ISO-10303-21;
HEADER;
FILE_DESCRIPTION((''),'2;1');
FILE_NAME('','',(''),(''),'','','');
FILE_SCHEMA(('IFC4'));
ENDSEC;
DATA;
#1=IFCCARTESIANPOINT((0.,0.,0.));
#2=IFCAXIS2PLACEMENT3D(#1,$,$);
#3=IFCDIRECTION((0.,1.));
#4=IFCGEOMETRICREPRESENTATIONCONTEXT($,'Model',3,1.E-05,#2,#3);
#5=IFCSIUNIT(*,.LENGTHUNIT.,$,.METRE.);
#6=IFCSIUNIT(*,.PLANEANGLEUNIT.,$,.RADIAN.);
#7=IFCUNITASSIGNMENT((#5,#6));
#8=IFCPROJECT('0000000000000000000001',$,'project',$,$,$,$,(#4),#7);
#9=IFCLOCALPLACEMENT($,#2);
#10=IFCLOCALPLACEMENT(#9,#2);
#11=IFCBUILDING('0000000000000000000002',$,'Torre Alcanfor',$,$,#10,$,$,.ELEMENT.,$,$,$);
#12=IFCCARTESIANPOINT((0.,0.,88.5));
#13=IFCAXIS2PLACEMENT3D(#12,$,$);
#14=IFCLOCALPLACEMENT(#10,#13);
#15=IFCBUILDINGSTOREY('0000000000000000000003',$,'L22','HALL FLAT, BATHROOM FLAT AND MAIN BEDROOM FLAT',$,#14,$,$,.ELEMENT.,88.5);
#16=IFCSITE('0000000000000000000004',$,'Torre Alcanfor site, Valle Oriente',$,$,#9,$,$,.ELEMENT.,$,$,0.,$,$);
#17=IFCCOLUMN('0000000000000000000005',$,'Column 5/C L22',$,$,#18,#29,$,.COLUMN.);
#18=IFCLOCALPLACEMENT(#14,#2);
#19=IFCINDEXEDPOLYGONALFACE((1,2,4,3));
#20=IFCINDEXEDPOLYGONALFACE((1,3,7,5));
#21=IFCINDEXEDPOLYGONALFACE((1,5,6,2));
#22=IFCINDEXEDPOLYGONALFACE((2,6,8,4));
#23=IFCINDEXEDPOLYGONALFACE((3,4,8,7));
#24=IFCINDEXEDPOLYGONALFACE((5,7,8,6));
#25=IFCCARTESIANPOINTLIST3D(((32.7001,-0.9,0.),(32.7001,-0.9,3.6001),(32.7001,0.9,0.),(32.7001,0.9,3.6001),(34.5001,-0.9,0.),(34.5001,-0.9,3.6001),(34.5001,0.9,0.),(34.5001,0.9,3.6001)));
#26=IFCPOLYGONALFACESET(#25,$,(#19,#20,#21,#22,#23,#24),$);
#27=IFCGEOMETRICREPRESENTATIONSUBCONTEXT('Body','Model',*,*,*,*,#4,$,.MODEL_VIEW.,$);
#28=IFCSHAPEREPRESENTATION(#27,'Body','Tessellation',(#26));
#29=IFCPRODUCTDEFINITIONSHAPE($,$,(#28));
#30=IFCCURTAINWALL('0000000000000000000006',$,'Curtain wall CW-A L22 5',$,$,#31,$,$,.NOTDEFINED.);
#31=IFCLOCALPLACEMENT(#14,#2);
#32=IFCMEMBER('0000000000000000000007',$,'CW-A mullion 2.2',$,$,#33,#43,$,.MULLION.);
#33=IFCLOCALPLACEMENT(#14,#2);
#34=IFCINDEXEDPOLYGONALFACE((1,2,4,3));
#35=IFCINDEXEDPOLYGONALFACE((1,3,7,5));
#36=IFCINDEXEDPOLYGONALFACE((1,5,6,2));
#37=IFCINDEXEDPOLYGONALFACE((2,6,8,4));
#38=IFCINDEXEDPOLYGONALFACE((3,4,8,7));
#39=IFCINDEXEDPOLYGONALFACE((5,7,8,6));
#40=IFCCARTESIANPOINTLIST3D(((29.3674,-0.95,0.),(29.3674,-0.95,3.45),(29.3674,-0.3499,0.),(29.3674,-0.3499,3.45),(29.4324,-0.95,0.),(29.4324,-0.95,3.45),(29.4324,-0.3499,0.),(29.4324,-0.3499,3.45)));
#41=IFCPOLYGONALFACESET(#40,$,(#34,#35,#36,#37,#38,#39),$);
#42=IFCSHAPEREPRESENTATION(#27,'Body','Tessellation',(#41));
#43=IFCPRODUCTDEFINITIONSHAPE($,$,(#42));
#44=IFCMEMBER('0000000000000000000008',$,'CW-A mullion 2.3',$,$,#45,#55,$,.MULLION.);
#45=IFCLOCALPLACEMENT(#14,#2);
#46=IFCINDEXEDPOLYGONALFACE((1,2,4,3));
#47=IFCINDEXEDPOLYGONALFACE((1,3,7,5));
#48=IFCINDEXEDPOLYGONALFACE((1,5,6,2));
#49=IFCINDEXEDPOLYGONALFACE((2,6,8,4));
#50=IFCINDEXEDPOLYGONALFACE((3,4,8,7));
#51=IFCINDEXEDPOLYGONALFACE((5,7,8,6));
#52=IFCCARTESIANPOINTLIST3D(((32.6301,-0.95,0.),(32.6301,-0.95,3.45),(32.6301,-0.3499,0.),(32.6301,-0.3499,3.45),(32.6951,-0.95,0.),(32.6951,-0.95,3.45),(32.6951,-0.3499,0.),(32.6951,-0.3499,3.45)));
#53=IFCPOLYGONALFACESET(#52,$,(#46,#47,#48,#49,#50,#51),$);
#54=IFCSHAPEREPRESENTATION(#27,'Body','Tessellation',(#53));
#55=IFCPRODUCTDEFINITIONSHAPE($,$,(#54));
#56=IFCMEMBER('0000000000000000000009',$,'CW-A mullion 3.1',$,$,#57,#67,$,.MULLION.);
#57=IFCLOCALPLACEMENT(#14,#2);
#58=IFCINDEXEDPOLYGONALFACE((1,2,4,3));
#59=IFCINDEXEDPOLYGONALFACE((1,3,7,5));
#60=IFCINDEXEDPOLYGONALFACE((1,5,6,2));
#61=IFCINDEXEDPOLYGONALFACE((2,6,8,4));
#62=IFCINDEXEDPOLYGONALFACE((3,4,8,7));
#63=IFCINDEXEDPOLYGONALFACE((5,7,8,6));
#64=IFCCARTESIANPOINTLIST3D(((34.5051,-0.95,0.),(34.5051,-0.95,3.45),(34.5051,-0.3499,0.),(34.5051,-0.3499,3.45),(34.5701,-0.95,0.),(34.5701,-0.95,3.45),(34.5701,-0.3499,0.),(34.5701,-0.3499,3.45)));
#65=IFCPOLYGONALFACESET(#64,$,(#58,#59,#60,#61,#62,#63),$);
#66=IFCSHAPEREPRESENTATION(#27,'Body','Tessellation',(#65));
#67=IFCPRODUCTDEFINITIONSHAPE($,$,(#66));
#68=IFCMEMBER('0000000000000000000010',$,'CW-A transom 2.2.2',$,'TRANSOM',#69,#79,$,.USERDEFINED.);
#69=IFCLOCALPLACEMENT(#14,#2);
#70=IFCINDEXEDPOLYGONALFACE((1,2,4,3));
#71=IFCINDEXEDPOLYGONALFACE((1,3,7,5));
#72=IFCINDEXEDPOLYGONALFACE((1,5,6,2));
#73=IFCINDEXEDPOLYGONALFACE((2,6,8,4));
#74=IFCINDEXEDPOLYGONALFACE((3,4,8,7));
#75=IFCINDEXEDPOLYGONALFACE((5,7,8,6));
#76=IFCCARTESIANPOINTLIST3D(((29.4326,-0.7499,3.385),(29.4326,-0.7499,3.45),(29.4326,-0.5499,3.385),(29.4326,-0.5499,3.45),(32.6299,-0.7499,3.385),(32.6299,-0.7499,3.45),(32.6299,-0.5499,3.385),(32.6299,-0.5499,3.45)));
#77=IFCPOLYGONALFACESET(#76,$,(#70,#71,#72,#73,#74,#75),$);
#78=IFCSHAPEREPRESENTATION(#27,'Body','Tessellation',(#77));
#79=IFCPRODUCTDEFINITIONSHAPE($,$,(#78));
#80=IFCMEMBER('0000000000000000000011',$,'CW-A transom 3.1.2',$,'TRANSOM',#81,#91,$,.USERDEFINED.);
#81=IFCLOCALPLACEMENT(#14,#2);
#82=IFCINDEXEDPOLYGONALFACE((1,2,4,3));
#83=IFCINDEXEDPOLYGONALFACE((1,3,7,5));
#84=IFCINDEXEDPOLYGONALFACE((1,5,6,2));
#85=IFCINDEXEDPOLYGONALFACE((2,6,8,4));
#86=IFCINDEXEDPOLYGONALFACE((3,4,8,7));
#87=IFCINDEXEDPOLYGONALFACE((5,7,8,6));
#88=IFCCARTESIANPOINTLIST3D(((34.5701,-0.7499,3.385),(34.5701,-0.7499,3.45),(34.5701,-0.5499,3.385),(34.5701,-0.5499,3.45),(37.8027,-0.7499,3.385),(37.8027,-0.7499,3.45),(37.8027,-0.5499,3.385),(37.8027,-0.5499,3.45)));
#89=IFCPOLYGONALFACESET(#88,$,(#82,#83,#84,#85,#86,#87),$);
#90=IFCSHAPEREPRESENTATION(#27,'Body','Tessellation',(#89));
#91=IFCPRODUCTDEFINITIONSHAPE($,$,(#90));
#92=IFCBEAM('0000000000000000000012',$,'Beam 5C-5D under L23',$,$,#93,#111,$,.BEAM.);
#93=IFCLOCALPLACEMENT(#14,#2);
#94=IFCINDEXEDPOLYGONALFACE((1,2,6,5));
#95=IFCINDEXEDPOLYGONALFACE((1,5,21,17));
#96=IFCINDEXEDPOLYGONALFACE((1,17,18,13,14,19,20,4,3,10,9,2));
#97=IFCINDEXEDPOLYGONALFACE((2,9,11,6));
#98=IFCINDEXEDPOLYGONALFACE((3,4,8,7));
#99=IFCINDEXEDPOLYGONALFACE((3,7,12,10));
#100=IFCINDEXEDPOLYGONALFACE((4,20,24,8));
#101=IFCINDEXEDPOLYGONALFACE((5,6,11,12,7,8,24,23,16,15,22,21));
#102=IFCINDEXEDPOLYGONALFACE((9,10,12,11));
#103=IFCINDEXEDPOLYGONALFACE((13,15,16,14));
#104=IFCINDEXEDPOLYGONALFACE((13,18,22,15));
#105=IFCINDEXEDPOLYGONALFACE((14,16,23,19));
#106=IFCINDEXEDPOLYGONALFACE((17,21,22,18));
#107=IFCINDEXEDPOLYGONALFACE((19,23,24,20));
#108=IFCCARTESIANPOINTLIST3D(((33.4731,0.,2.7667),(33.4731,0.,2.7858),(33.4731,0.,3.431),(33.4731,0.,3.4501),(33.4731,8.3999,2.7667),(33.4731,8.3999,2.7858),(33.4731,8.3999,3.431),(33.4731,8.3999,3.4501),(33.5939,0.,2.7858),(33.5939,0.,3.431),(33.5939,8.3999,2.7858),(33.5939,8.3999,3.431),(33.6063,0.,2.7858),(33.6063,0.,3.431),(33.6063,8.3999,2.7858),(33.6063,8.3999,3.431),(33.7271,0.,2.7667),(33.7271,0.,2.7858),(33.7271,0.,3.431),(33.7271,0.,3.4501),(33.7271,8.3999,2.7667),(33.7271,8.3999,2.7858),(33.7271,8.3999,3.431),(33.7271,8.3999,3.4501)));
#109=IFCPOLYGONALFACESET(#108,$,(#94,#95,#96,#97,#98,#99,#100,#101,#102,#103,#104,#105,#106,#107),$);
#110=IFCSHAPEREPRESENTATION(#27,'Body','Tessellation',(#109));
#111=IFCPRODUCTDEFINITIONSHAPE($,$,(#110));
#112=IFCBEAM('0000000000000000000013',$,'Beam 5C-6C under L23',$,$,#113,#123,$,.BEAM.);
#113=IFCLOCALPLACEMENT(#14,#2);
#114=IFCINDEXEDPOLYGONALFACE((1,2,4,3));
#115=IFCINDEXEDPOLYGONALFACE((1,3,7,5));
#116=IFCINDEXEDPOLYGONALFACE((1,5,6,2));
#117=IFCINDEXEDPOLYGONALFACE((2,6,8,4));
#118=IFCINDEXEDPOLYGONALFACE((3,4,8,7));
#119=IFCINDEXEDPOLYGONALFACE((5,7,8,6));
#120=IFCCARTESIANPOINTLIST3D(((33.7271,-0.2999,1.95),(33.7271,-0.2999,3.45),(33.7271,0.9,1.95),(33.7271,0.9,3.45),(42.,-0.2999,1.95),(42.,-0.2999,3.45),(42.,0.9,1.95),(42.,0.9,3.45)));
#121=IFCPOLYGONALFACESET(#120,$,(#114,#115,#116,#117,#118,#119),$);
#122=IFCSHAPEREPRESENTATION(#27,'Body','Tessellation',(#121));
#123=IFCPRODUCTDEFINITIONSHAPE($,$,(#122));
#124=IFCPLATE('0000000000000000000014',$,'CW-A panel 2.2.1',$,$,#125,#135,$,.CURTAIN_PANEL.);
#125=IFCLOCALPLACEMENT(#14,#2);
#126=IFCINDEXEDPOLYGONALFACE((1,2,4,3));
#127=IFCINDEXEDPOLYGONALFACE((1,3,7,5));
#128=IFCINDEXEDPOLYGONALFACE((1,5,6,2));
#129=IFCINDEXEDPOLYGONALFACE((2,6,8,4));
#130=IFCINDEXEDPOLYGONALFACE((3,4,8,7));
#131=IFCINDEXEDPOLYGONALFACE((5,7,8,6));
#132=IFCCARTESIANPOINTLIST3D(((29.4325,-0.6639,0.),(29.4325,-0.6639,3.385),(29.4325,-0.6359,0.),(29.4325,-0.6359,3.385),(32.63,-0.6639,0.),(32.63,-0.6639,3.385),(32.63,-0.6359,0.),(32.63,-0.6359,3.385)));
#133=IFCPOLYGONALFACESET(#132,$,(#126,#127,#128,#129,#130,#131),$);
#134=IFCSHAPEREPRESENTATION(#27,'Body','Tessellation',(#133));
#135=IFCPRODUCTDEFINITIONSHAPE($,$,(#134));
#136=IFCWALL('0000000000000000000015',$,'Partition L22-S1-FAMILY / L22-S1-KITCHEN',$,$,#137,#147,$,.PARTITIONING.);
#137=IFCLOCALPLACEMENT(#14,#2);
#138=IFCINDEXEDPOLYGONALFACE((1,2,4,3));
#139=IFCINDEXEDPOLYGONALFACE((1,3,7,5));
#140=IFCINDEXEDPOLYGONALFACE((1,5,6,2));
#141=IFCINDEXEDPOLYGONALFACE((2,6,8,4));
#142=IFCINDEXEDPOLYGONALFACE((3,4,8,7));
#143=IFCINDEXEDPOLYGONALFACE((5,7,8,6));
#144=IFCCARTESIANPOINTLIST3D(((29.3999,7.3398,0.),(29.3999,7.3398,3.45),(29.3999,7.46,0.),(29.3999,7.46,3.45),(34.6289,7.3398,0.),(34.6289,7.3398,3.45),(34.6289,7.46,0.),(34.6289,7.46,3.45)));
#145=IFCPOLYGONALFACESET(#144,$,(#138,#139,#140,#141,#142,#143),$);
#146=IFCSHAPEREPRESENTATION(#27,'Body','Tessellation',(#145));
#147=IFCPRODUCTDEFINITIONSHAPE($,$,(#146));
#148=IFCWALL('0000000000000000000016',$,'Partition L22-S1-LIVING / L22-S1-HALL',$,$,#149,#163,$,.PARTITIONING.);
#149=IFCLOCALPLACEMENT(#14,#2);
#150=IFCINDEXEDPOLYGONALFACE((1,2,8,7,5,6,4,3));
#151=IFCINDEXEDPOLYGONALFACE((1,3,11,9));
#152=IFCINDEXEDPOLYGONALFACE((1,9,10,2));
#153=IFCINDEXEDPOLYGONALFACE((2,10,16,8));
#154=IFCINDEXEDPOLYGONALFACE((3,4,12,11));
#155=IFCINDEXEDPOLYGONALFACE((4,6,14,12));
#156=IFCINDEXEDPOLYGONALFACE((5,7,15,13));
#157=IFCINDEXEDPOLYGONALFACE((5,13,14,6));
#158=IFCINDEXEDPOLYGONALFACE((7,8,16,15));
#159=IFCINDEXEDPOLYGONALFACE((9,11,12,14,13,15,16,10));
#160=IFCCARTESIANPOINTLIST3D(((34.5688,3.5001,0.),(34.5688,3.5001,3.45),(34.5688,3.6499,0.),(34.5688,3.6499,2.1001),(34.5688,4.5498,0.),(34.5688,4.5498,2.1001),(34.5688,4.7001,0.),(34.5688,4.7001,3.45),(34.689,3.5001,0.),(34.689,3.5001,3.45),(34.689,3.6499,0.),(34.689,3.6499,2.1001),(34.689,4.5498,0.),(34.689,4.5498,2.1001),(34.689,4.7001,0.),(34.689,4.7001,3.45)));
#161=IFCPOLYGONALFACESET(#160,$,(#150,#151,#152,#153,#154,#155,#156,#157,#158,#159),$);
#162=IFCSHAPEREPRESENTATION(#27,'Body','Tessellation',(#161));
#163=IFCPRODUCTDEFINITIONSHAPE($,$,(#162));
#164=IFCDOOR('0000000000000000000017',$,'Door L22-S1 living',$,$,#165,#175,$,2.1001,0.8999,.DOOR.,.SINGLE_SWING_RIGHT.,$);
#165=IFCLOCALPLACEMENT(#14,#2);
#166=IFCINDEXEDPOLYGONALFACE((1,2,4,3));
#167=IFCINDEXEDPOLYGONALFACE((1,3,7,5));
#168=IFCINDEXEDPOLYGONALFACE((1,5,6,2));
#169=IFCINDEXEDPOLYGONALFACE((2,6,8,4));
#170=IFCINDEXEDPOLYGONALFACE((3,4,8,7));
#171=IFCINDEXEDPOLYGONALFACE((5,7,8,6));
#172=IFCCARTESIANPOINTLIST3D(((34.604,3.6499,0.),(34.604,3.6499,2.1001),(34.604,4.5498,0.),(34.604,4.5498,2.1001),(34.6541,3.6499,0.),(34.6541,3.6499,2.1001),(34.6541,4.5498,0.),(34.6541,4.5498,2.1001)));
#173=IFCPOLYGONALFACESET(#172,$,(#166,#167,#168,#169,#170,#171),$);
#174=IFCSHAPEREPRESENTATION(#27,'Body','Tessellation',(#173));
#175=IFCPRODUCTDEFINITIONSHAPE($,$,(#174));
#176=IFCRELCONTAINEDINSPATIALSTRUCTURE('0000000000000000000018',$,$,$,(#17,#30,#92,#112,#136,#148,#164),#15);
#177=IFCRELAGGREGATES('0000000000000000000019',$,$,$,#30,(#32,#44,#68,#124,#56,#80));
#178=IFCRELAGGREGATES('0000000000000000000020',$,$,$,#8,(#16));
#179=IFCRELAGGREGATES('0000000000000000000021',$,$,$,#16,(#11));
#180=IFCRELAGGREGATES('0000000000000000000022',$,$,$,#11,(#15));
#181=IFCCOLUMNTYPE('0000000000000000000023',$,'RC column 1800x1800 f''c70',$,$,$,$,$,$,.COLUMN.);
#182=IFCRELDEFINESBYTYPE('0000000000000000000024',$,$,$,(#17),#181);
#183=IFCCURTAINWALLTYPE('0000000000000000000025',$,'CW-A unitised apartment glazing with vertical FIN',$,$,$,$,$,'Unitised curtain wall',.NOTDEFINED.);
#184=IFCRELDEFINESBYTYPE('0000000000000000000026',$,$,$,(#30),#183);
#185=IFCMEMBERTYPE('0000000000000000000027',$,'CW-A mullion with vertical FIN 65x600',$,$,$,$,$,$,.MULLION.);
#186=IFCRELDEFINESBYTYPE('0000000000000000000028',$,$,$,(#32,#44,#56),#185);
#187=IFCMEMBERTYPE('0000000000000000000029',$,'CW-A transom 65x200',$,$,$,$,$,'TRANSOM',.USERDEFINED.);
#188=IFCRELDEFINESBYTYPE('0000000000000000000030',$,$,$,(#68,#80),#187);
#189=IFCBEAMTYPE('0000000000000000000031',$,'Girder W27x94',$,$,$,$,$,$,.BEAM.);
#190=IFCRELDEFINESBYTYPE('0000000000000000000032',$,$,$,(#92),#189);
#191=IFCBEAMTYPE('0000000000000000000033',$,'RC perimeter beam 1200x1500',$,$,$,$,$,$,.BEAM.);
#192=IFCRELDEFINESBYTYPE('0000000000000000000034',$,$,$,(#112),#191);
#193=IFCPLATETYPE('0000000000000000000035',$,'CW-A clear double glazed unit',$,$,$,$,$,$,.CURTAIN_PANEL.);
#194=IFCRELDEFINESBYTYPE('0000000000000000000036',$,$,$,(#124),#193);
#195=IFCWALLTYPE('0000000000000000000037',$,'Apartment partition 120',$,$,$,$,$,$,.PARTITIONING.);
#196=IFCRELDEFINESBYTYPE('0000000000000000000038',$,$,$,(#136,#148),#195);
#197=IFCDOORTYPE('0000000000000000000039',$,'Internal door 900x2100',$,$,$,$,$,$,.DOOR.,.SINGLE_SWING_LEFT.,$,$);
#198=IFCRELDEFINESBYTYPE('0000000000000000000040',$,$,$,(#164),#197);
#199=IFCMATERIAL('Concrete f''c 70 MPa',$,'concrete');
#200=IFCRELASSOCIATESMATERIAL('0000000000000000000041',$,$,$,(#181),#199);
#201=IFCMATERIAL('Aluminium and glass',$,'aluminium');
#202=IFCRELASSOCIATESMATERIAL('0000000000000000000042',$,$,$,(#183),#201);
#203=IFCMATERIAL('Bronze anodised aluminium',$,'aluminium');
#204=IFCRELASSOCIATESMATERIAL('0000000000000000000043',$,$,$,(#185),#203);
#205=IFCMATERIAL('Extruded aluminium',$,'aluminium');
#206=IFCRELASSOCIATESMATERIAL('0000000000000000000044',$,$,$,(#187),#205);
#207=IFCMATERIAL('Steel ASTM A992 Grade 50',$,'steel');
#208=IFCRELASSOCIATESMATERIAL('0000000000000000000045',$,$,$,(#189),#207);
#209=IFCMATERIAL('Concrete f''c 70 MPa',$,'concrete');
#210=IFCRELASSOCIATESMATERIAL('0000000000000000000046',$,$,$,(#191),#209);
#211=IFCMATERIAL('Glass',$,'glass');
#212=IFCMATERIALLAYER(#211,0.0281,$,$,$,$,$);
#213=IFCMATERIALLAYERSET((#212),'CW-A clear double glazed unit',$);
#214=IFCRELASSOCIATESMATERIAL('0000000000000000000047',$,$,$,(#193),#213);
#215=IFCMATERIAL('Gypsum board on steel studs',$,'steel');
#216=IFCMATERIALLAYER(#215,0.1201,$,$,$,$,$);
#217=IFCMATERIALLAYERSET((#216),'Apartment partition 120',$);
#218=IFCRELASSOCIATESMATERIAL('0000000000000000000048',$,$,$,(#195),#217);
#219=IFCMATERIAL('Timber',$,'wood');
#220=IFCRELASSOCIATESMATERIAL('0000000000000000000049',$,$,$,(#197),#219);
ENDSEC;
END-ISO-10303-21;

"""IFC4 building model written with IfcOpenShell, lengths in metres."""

from ifc_helpers import new_model, si_unit, direction, frame, frame_2d, origin, origin_2d, place, context, subcontext, project, spatial, rectangle, i_section, extrude, material, layer, layer_set, material_profile, profile_set, type_object, element, fill, aggregate, save


model = new_model("IFC4")

# Units and contexts
model_context = context("Model", 3, precision=1e-05, world=origin(), true_north=direction((0.0, 1.0)))
body_context = subcontext(model_context, "Body", "Model", "MODEL_VIEW")
ifc_project = project(units=[si_unit("LENGTHUNIT", "METRE"), si_unit("PLANEANGLEUNIT", "RADIAN")], contexts=[model_context])

# Site, building, storey
site_placement = place(None, origin())
site = spatial("IfcSite", under=ifc_project, at=site_placement, Name="Torre Alcanfor site, Valle Oriente", CompositionType="ELEMENT", RefElevation=0.0)
building_placement = place(site_placement, origin())
building = spatial("IfcBuilding", under=site, at=building_placement, Name="Torre Alcanfor", CompositionType="ELEMENT")
storey_placement = place(building_placement, frame((0.0, 0.0, 88.5)))
storey = spatial("IfcBuildingStorey", under=building, at=storey_placement, Name="L22", Description="HALL FLAT, BATHROOM FLAT AND MAIN BEDROOM FLAT", CompositionType="ELEMENT", Elevation=88.5)

# Column
ifc_material_1 = material(Name="Concrete f'c 70 MPa", Category="concrete")
ifc_material_profile_1 = material_profile(ifc_material_1, rectangle(XDim=1.8, YDim=1.8, at=origin_2d()), Name="1800x1800")
ifc_profile_set_1 = profile_set([ifc_material_profile_1], Name="Concrete f'c 70 MPa")
column_type = type_object("IfcColumnType", Name="RC column 1800x1800 f'c70", PredefinedType="COLUMN", material=ifc_profile_set_1)
column_placement = place(storey_placement, frame((33.6001, 0.0, 0.0), z_axis=(0.0, 0.0, 1.0), x_axis=(1.0, 0.0, 0.0)))
element("IfcColumn", 1, at=column_placement, inside=storey, type_object=column_type, Name="Column 5/C L22", PredefinedType="COLUMN", context=body_context, shape_type="SweptSolid", body=[
    extrude(rectangle(XDim=1.8, YDim=1.8, at=origin_2d()), origin(), (0.0, 0.0, 1.0), 3.6001),
])

# Curtain wall, members
ifc_material_2 = material(Name="Aluminium and glass", Category="aluminium")
curtain_wall_type = type_object("IfcCurtainWallType", Name="CW-A unitised apartment glazing with vertical FIN", ElementType="Unitised curtain wall", PredefinedType="NOTDEFINED", material=ifc_material_2)
curtain_wall_placement = place(storey_placement, origin())
curtain_wall = element("IfcCurtainWall", 2, at=curtain_wall_placement, inside=storey, type_object=curtain_wall_type, Name="Curtain wall CW-A L22 5", PredefinedType="NOTDEFINED")
ifc_material_3 = material(Name="Bronze anodised aluminium", Category="aluminium")
ifc_material_profile_2 = material_profile(ifc_material_3, rectangle(XDim=0.6001, YDim=0.0649, at=origin_2d()), Name="CW-A mullion 65x600")
ifc_profile_set_2 = profile_set([ifc_material_profile_2], Name="Bronze anodised aluminium")
member_type_1 = type_object("IfcMemberType", Name="CW-A mullion with vertical FIN 65x600", PredefinedType="MULLION", material=ifc_profile_set_2)
member_1_placement = place(storey_placement, frame((29.3999, -0.6499, 0.0), z_axis=(0.0, 0.0, 1.0), x_axis=(0.0, 1.0, 0.0)))
member_1 = element("IfcMember", 3, at=member_1_placement, type_object=member_type_1, Name="CW-A mullion 2.2", PredefinedType="MULLION", context=body_context, shape_type="SweptSolid", body=[
    extrude(rectangle(XDim=0.6001, YDim=0.0649, at=origin_2d()), origin(), (0.0, 0.0, 1.0), 3.45),
])
member_2_placement = place(storey_placement, frame((32.6626, -0.6499, 0.0), z_axis=(0.0, 0.0, 1.0), x_axis=(0.0, 1.0, 0.0)))
member_2 = element("IfcMember", 4, at=member_2_placement, type_object=member_type_1, Name="CW-A mullion 2.3", PredefinedType="MULLION", context=body_context, shape_type="SweptSolid", body=[
    extrude(rectangle(XDim=0.6001, YDim=0.0649, at=origin_2d()), origin(), (0.0, 0.0, 1.0), 3.45),
])
member_3_placement = place(storey_placement, frame((34.5376, -0.6499, 0.0), z_axis=(0.0, 0.0, 1.0), x_axis=(0.0, 1.0, 0.0)))
member_3 = element("IfcMember", 5, at=member_3_placement, type_object=member_type_1, Name="CW-A mullion 3.1", PredefinedType="MULLION", context=body_context, shape_type="SweptSolid", body=[
    extrude(rectangle(XDim=0.6001, YDim=0.0649, at=origin_2d()), origin(), (0.0, 0.0, 1.0), 3.45),
])
ifc_material_4 = material(Name="Extruded aluminium", Category="aluminium")
ifc_material_profile_3 = material_profile(ifc_material_4, rectangle(XDim=0.2, YDim=0.0649, at=origin_2d()), Name="CW-A transom 200x65")
ifc_profile_set_3 = profile_set([ifc_material_profile_3], Name="Extruded aluminium")
member_type_2 = type_object("IfcMemberType", Name="CW-A transom 65x200", ElementType="TRANSOM", PredefinedType="USERDEFINED", material=ifc_profile_set_3)
member_4_placement = place(storey_placement, frame((29.4326, -0.6499, 3.4175), z_axis=(1.0, 0.0, 0.0), x_axis=(0.0, 1.0, 0.0)))
member_4 = element("IfcMember", 6, at=member_4_placement, type_object=member_type_2, Name="CW-A transom 2.2.2", ObjectType="TRANSOM", PredefinedType="USERDEFINED", context=body_context, shape_type="SweptSolid", body=[
    extrude(rectangle(XDim=0.2, YDim=0.0649, at=origin_2d()), origin(), (0.0, 0.0, 1.0), 3.1973),
])
member_5_placement = place(storey_placement, frame((34.5701, -0.6499, 3.4175), z_axis=(1.0, 0.0, 0.0), x_axis=(0.0, 1.0, 0.0)))
member_5 = element("IfcMember", 7, at=member_5_placement, type_object=member_type_2, Name="CW-A transom 3.1.2", ObjectType="TRANSOM", PredefinedType="USERDEFINED", context=body_context, shape_type="SweptSolid", body=[
    extrude(rectangle(XDim=0.2, YDim=0.0649, at=origin_2d()), origin(), (0.0, 0.0, 1.0), 3.2327),
])

# Beams
ifc_material_5 = material(Name="Steel ASTM A992 Grade 50", Category="steel")
ifc_material_profile_4 = material_profile(ifc_material_5, i_section(OverallWidth=0.2539, OverallDepth=0.6833, WebThickness=0.0125, FlangeThickness=0.019, at=origin_2d()), Name="W27x94")
ifc_profile_set_4 = profile_set([ifc_material_profile_4], Name="Steel ASTM A992 Grade 50")
beam_type_1 = type_object("IfcBeamType", Name="Girder W27x94", PredefinedType="BEAM", material=ifc_profile_set_4)
beam_1_placement = place(storey_placement, frame((33.6001, 0.0, 3.1084), z_axis=(0.0, 1.0, 0.0), x_axis=(-1.0, 0.0, 0.0)))
element("IfcBeam", 8, at=beam_1_placement, inside=storey, type_object=beam_type_1, Name="Beam 5C-5D under L23", PredefinedType="BEAM", context=body_context, shape_type="SweptSolid", body=[
    extrude(i_section(OverallWidth=0.2539, OverallDepth=0.6833, WebThickness=0.0125, FlangeThickness=0.019, at=origin_2d()), origin(), (0.0, 0.0, 1.0), 8.3999),
])
ifc_material_6 = material(Name="Concrete f'c 70 MPa", Category="concrete")
ifc_material_profile_5 = material_profile(ifc_material_6, rectangle(XDim=1.2, YDim=1.5, at=origin_2d()), Name="1200x1500")
ifc_profile_set_5 = profile_set([ifc_material_profile_5], Name="Concrete f'c 70 MPa")
beam_type_2 = type_object("IfcBeamType", Name="RC perimeter beam 1200x1500", PredefinedType="BEAM", material=ifc_profile_set_5)
beam_2_placement = place(storey_placement, frame((33.7271, 0.3, 2.7), z_axis=(1.0, 0.0, 0.0), x_axis=(0.0, 1.0, 0.0)))
element("IfcBeam", 9, at=beam_2_placement, inside=storey, type_object=beam_type_2, Name="Beam 5C-6C under L23", PredefinedType="BEAM", context=body_context, shape_type="SweptSolid", body=[
    extrude(rectangle(XDim=1.2, YDim=1.5, at=origin_2d()), origin(), (0.0, 0.0, 1.0), 8.2729),
])

# Plate
ifc_material_7 = material(Name="Glass", Category="glass")
ifc_layer_1 = layer(ifc_material_7, 0.0281)
ifc_layer_set_1 = layer_set([ifc_layer_1], Name="CW-A clear double glazed unit")
plate_type = type_object("IfcPlateType", Name="CW-A clear double glazed unit", PredefinedType="CURTAIN_PANEL", material=ifc_layer_set_1)
plate_placement = place(storey_placement, frame((31.0312, -0.6499, 0.0), z_axis=(0.0, 0.0, 1.0), x_axis=(1.0, 0.0, 0.0)))
plate = element("IfcPlate", 10, at=plate_placement, type_object=plate_type, Name="CW-A panel 2.2.1", PredefinedType="CURTAIN_PANEL", context=body_context, shape_type="SweptSolid", body=[
    extrude(rectangle(XDim=3.1975, YDim=0.0281, at=origin_2d()), origin(), (0.0, 0.0, 1.0), 3.385),
])
aggregate(curtain_wall, [member_1, member_2, member_4, plate, member_3, member_5])

# Wall
ifc_material_8 = material(Name="Gypsum board on steel studs", Category="steel")
ifc_layer_2 = layer(ifc_material_8, 0.1201)
ifc_layer_set_2 = layer_set([ifc_layer_2], Name="Apartment partition 120")
wall_type_1 = type_object("IfcWallType", Name="Apartment partition 120", PredefinedType="PARTITIONING", material=ifc_layer_set_2)
wall_1_placement = place(storey_placement, frame((29.3999, 7.3999, 0.0), z_axis=(0.0, 0.0, 1.0), x_axis=(1.0, 0.0, 0.0)))
element("IfcWall", 11, at=wall_1_placement, inside=storey, type_object=wall_type_1, Name="Partition L22-S1-FAMILY / L22-S1-KITCHEN", PredefinedType="PARTITIONING", context=body_context, shape_type="SweptSolid", body=[
    extrude(rectangle(XDim=5.229, YDim=0.1201, at=frame_2d((2.6145, 0.0))), origin(), (0.0, 0.0, 1.0), 3.45),
])

# Wall, opening, door
wall_2_placement = place(storey_placement, frame((34.6289, 3.5, 0.0), z_axis=(0.0, 0.0, 1.0), x_axis=(0.0, 1.0, 0.0)))
wall_2 = element("IfcWall", 12, at=wall_2_placement, inside=storey, type_object=wall_type_1, Name="Partition L22-S1-LIVING / L22-S1-HALL", PredefinedType="PARTITIONING", context=body_context, shape_type="SweptSolid", body=[
    extrude(rectangle(XDim=1.2, YDim=0.1201, at=frame_2d((0.6001, 0.0))), origin(), (0.0, 0.0, 1.0), 3.45),
])
opening_1_placement = place(wall_2_placement, frame((0.1499, 0.0, 0.0)))
opening_1 = element("IfcOpeningElement", 13, at=opening_1_placement, cuts=wall_2, PredefinedType="OPENING", context=body_context, shape_type="SweptSolid", body=[
    extrude(rectangle(XDim=0.8999, YDim=2.1001, at=frame_2d((0.45, 1.05))), frame((0.0, 0.0701, 0.0), z_axis=(0.0, -1.0, 0.0), x_axis=(1.0, 0.0, 0.0)), (0.0, 0.0, 1.0), 0.1401),
])
ifc_material_9 = material(Name="Timber", Category="wood")
door_type = type_object("IfcDoorType", Name="Internal door 900x2100", OperationType="SINGLE_SWING_LEFT", PredefinedType="DOOR", material=ifc_material_9)
door_1_placement = place(opening_1_placement, origin())
door_1 = element("IfcDoor", 14, at=door_1_placement, inside=storey, type_object=door_type, Name="Door L22-S1 living", OperationType="SINGLE_SWING_RIGHT", OverallHeight=2.1001, OverallWidth=0.8999, PredefinedType="DOOR", context=body_context, shape_type="SweptSolid", body=[
    extrude(rectangle(XDim=0.8999, YDim=2.1001, at=frame_2d((0.45, 1.05))), frame((0.0, 0.0249, 0.0), z_axis=(0.0, -1.0, 0.0), x_axis=(1.0, 0.0, 0.0)), (0.0, 0.0, 1.0), 0.05),
])
fill(opening_1, door_1)

save(model, "model.ifc")
